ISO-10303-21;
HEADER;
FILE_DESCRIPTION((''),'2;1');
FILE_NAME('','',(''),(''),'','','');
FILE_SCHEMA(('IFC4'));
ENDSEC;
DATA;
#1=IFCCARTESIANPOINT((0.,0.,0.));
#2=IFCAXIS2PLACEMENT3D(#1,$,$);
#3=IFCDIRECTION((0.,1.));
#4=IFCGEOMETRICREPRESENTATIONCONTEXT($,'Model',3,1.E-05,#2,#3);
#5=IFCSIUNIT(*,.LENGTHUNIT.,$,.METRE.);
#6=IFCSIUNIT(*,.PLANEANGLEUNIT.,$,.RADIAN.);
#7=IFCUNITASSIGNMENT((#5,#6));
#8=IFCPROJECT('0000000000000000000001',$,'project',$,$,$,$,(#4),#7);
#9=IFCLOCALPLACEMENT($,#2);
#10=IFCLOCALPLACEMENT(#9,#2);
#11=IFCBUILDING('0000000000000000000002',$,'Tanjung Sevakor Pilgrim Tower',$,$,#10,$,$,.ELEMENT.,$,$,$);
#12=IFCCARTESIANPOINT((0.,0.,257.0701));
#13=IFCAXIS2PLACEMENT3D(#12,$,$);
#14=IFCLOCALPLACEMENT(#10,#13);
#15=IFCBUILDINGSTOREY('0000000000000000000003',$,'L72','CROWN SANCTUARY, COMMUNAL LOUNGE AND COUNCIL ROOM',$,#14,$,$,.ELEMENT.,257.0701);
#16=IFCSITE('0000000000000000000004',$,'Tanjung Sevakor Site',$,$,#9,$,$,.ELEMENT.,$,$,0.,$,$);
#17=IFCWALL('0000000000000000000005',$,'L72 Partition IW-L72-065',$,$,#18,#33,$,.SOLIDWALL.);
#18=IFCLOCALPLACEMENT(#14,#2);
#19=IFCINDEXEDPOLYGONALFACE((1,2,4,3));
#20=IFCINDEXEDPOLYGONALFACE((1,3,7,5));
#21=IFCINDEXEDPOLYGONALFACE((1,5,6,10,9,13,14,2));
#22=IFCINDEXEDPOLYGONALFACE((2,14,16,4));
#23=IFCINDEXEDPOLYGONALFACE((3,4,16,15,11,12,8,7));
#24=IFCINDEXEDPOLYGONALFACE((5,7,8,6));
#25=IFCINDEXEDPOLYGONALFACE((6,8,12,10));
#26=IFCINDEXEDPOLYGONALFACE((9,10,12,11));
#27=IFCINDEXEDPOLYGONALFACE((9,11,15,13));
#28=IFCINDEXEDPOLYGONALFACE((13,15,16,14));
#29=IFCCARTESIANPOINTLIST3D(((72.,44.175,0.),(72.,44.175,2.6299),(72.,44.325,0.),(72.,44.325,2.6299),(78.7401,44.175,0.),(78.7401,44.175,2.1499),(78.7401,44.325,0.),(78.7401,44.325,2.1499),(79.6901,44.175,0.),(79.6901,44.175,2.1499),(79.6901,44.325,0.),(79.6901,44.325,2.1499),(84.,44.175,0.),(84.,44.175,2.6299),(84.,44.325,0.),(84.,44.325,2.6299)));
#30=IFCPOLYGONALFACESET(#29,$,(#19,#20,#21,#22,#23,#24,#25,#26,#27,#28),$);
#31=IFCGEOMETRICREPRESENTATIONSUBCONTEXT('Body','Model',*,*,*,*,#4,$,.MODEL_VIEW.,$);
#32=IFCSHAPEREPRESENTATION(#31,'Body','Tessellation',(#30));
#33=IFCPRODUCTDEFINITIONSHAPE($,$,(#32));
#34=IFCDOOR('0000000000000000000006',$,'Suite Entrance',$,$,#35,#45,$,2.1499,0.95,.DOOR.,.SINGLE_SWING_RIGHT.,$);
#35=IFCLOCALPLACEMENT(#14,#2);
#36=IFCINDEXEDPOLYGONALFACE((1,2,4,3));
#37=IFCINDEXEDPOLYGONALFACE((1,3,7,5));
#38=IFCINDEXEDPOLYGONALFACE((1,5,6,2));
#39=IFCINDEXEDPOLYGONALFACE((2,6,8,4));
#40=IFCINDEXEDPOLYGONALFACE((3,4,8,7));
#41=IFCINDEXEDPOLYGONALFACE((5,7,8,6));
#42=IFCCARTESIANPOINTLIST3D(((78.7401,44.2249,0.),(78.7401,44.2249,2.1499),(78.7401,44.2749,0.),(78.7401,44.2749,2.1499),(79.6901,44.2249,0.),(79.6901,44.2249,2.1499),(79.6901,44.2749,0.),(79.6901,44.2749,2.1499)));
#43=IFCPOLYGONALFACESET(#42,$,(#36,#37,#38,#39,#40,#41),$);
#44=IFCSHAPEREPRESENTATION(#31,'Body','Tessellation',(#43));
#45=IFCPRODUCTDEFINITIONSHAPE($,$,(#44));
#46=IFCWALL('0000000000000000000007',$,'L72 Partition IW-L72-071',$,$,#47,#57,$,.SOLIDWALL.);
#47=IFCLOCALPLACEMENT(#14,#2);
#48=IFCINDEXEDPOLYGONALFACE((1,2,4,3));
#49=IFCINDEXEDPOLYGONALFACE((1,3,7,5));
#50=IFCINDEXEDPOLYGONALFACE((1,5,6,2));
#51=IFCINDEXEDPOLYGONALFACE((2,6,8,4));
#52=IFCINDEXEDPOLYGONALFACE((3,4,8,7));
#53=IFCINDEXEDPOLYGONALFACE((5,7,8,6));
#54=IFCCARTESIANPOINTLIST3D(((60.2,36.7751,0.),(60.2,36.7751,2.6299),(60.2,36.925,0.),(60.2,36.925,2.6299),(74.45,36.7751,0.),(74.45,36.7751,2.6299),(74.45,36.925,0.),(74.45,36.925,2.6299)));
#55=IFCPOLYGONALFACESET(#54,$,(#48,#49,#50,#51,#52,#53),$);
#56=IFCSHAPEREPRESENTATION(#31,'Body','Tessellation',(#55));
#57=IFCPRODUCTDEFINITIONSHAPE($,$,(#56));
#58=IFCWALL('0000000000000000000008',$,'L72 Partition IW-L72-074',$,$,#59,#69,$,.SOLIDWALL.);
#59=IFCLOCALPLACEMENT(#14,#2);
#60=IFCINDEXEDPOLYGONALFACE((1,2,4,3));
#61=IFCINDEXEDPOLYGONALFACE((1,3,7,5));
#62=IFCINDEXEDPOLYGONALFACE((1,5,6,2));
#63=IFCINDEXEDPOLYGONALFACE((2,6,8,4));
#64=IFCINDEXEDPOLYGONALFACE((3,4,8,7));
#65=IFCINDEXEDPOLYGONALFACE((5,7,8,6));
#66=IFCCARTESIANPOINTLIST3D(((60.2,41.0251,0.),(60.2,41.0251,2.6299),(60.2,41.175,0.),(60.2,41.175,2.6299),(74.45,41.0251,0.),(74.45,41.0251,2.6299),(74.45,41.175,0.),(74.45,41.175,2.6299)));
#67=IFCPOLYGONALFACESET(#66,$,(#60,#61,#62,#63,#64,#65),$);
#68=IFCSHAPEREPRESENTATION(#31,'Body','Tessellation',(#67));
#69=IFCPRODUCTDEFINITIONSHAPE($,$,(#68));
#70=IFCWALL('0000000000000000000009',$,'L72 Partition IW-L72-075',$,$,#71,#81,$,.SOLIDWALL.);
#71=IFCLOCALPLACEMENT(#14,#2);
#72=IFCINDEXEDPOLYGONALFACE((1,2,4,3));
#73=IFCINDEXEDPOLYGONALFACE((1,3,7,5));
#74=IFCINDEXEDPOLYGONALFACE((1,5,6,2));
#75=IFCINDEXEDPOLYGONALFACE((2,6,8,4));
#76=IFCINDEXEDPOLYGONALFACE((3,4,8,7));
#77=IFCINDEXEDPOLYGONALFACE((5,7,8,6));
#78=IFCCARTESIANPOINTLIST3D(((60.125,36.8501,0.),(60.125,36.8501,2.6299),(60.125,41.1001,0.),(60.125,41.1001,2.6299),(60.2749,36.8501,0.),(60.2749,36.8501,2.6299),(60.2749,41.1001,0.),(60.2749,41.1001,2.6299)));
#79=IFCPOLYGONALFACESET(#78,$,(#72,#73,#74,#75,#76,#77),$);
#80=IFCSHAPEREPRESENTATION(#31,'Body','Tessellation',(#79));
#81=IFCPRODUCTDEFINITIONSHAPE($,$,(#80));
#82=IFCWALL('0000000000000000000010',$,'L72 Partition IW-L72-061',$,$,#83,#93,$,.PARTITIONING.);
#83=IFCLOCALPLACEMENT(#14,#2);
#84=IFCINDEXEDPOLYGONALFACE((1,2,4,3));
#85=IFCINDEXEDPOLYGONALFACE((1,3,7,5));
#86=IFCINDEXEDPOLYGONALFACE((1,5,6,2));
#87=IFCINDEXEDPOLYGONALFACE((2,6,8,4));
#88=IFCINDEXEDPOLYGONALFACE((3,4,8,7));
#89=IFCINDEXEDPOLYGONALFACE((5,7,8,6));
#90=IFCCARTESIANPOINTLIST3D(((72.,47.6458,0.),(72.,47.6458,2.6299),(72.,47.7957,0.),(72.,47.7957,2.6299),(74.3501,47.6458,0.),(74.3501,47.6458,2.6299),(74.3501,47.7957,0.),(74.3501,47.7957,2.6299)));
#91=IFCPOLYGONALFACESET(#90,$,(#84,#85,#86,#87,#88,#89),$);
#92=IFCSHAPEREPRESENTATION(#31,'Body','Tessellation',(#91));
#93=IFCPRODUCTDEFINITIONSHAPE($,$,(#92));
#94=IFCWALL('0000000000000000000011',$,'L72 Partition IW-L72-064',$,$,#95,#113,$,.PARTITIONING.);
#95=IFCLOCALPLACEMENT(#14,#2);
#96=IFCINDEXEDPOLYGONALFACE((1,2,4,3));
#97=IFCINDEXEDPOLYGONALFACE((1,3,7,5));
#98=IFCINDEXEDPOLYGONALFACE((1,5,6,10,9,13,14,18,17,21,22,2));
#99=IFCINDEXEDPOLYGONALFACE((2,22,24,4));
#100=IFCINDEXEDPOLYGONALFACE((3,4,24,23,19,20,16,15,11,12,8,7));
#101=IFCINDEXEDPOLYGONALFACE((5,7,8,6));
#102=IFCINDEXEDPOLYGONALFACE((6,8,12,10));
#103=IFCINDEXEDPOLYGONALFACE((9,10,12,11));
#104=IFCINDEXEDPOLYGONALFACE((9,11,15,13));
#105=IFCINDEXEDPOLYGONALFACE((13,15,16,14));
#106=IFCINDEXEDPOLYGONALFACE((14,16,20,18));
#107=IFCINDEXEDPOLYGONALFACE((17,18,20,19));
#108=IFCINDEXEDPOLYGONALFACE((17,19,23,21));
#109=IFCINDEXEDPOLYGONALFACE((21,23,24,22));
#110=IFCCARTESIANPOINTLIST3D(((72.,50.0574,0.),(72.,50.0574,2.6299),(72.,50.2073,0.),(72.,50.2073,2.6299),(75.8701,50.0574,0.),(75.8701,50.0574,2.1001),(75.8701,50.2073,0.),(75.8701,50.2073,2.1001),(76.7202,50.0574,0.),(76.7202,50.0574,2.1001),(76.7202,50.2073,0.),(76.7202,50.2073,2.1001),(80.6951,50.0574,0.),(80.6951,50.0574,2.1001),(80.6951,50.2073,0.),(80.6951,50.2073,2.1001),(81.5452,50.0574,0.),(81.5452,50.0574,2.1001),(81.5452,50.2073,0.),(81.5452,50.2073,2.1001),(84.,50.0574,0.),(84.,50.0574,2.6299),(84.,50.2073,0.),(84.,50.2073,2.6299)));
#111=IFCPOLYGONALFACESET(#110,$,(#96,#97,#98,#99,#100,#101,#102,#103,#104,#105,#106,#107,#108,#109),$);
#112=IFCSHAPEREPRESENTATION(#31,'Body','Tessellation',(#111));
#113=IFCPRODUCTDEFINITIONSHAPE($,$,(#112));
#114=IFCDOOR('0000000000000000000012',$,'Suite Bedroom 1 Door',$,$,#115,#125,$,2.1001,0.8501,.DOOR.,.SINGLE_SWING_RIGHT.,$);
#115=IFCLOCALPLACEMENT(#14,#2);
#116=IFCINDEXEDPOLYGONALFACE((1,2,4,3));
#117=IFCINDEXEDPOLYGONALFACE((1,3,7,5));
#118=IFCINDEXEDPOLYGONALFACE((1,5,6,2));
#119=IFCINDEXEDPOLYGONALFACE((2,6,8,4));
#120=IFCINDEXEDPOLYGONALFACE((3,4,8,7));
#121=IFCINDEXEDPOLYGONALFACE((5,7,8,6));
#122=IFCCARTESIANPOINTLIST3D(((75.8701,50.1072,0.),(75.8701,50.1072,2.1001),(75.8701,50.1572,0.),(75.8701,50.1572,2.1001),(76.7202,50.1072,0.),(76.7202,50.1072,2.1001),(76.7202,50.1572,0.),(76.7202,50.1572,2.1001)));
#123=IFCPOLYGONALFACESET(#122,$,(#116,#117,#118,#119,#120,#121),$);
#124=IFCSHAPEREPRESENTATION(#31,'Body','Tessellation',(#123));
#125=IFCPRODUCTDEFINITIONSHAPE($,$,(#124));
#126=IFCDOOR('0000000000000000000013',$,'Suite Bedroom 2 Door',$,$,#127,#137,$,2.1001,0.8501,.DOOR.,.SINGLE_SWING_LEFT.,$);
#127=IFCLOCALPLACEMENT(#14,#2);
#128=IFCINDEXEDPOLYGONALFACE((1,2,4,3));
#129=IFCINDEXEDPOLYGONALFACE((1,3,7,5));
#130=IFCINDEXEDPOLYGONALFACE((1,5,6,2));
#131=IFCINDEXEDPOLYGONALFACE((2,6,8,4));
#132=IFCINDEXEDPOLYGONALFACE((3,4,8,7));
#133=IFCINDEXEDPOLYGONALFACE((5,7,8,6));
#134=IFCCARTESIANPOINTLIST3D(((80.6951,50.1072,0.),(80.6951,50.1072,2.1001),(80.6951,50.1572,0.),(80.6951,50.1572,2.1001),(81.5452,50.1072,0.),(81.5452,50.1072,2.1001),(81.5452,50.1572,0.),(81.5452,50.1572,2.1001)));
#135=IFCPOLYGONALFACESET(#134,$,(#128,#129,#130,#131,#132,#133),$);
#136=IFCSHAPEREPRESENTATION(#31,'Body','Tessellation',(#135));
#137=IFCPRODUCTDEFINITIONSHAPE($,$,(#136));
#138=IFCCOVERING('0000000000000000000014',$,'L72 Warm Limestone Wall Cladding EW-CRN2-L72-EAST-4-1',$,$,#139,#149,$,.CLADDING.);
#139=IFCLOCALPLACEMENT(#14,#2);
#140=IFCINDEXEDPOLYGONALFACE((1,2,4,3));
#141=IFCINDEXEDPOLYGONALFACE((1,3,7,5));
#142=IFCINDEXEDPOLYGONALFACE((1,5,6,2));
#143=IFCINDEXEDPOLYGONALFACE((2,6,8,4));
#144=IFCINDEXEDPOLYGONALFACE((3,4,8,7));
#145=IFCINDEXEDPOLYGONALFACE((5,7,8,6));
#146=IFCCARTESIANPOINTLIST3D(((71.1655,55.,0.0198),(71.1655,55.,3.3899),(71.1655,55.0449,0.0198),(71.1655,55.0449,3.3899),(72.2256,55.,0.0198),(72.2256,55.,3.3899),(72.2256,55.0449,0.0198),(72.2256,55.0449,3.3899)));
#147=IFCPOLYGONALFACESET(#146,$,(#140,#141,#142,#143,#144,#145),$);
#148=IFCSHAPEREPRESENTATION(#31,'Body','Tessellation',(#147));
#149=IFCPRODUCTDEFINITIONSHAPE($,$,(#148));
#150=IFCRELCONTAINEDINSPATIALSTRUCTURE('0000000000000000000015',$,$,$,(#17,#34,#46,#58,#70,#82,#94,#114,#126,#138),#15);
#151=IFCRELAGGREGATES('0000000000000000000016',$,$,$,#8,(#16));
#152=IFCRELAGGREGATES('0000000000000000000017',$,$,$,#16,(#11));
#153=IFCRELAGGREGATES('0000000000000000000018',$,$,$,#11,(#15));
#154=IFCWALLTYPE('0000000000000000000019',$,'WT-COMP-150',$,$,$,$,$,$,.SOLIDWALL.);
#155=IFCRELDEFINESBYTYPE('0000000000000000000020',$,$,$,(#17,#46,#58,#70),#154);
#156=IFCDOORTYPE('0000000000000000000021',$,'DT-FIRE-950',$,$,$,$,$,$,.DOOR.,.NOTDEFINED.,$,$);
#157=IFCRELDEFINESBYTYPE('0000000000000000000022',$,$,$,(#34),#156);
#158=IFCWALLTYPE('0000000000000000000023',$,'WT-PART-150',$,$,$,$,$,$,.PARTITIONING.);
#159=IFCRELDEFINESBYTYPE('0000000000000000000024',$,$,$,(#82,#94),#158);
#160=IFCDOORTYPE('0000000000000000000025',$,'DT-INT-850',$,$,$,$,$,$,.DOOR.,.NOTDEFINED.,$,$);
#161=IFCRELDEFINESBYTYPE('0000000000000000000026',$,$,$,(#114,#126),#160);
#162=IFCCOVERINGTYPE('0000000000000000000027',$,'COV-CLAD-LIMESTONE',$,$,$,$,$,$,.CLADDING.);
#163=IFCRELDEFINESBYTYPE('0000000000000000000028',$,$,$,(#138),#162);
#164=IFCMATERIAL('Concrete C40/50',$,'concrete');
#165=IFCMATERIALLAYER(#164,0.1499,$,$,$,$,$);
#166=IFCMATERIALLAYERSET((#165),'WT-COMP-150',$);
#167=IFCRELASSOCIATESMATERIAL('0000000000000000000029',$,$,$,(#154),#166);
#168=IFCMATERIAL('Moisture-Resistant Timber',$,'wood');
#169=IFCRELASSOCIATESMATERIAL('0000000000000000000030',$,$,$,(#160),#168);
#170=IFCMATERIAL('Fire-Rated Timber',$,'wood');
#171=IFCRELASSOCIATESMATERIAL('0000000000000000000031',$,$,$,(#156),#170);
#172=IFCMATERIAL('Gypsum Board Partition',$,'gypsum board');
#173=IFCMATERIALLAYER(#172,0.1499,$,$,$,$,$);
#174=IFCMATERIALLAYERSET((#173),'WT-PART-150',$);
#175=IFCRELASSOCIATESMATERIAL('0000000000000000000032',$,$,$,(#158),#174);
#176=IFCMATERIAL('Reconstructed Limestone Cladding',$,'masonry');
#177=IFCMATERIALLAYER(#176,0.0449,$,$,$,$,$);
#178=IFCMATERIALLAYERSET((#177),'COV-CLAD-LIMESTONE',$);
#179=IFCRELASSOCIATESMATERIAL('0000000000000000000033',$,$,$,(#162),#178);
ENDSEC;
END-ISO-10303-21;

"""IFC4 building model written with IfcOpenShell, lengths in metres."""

from ifc_helpers import new_model, si_unit, direction, frame, frame_2d, origin, origin_2d, place, context, subcontext, project, spatial, rectangle, extrude, material, layer, layer_set, type_object, element, fill, save


model = new_model("IFC4")

# Units and contexts
model_context = context("Model", 3, precision=1e-05, world=origin(), true_north=direction((0.0, 1.0)))
body_context = subcontext(model_context, "Body", "Model", "MODEL_VIEW")
ifc_project = project(units=[si_unit("LENGTHUNIT", "METRE"), si_unit("PLANEANGLEUNIT", "RADIAN")], contexts=[model_context])

# Site, building, storey
site_placement = place(None, origin())
site = spatial("IfcSite", under=ifc_project, at=site_placement, Name="Tanjung Sevakor Site", CompositionType="ELEMENT", RefElevation=0.0)
building_placement = place(site_placement, origin())
building = spatial("IfcBuilding", under=site, at=building_placement, Name="Tanjung Sevakor Pilgrim Tower", CompositionType="ELEMENT")
storey_placement = place(building_placement, frame((0.0, 0.0, 257.0701)))
storey = spatial("IfcBuildingStorey", under=building, at=storey_placement, Name="L72", Description="CROWN SANCTUARY, COMMUNAL LOUNGE AND COUNCIL ROOM", CompositionType="ELEMENT", Elevation=257.0701)

# Shared definitions
ifc_material_1 = material(Name="Concrete C40/50", Category="concrete")
ifc_layer_1 = layer(ifc_material_1, 0.1499)
ifc_layer_set_1 = layer_set([ifc_layer_1], Name="WT-COMP-150")
wall_type_1 = type_object("IfcWallType", Name="WT-COMP-150", PredefinedType="SOLIDWALL", material=ifc_layer_set_1)
ifc_material_2 = material(Name="Moisture-Resistant Timber", Category="wood")
door_type_1 = type_object("IfcDoorType", Name="DT-INT-850", OperationType="NOTDEFINED", PredefinedType="DOOR", material=ifc_material_2)

# Wall, opening, door
wall_1_placement = place(storey_placement, frame((72.0, 44.25, 0.0), z_axis=(0.0, 0.0, 1.0), x_axis=(1.0, 0.0, 0.0)))
wall_1 = element("IfcWall", 1, at=wall_1_placement, inside=storey, type_object=wall_type_1, Name="L72 Partition IW-L72-065", PredefinedType="SOLIDWALL", context=body_context, shape_type="SweptSolid", body=[
    extrude(rectangle(XDim=12.0, YDim=0.1499, at=frame_2d((6.0, 0.0))), origin(), (0.0, 0.0, 1.0), 2.6299),
])
opening_1_placement = place(wall_1_placement, frame((6.74, 0.0, 0.0)))
opening_1 = element("IfcOpeningElement", 2, at=opening_1_placement, cuts=wall_1, PredefinedType="OPENING", context=body_context, shape_type="SweptSolid", body=[
    extrude(rectangle(XDim=0.95, YDim=2.1499, at=frame_2d((0.4751, 1.075))), frame((0.0, 0.085, 0.0), z_axis=(0.0, -1.0, 0.0), x_axis=(1.0, 0.0, 0.0)), (0.0, 0.0, 1.0), 0.1699),
])
ifc_material_3 = material(Name="Fire-Rated Timber", Category="wood")
door_type_2 = type_object("IfcDoorType", Name="DT-FIRE-950", OperationType="NOTDEFINED", PredefinedType="DOOR", material=ifc_material_3)
door_1_placement = place(opening_1_placement, origin())
door_1 = element("IfcDoor", 3, at=door_1_placement, inside=storey, type_object=door_type_2, Name="Suite Entrance", OperationType="SINGLE_SWING_RIGHT", OverallHeight=2.1499, OverallWidth=0.95, PredefinedType="DOOR", context=body_context, shape_type="SweptSolid", body=[
    extrude(rectangle(XDim=0.95, YDim=2.1499, at=frame_2d((0.4751, 1.075))), frame((0.0, 0.0249, 0.0), z_axis=(0.0, -1.0, 0.0), x_axis=(1.0, 0.0, 0.0)), (0.0, 0.0, 1.0), 0.05),
])
fill(opening_1, door_1)

# Walls
for number, where, z_axis, x_axis, name in (
    (4, (60.2, 36.8501, 0.0), (0.0, 0.0, 1.0), (1.0, 0.0, 0.0), "L72 Partition IW-L72-071"),
    (5, (60.2, 41.1001, 0.0), (0.0, 0.0, 1.0), (1.0, 0.0, 0.0), "L72 Partition IW-L72-074"),
):
    element("IfcWall", number, at=place(storey_placement, frame(where, z_axis=z_axis, x_axis=x_axis)), inside=storey, type_object=wall_type_1, Name=name, PredefinedType="SOLIDWALL", context=body_context, shape_type="SweptSolid", body=[
        extrude(rectangle(XDim=14.25, YDim=0.1499, at=frame_2d((7.125, 0.0))), origin(), (0.0, 0.0, 1.0), 2.6299),
    ])
wall_2_placement = place(storey_placement, frame((60.2, 36.8501, 0.0), z_axis=(0.0, 0.0, 1.0), x_axis=(0.0, 1.0, 0.0)))
element("IfcWall", 6, at=wall_2_placement, inside=storey, type_object=wall_type_1, Name="L72 Partition IW-L72-075", PredefinedType="SOLIDWALL", context=body_context, shape_type="SweptSolid", body=[
    extrude(rectangle(XDim=4.25, YDim=0.1499, at=frame_2d((2.125, 0.0))), origin(), (0.0, 0.0, 1.0), 2.6299),
])
ifc_material_4 = material(Name="Gypsum Board Partition", Category="gypsum board")
ifc_layer_2 = layer(ifc_material_4, 0.1499)
ifc_layer_set_2 = layer_set([ifc_layer_2], Name="WT-PART-150")
wall_type_2 = type_object("IfcWallType", Name="WT-PART-150", PredefinedType="PARTITIONING", material=ifc_layer_set_2)
wall_3_placement = place(storey_placement, frame((72.0, 47.7207, 0.0), z_axis=(0.0, 0.0, 1.0), x_axis=(1.0, 0.0, 0.0)))
element("IfcWall", 7, at=wall_3_placement, inside=storey, type_object=wall_type_2, Name="L72 Partition IW-L72-061", PredefinedType="PARTITIONING", context=body_context, shape_type="SweptSolid", body=[
    extrude(rectangle(XDim=2.3501, YDim=0.1499, at=frame_2d((1.175, 0.0))), origin(), (0.0, 0.0, 1.0), 2.6299),
])

# Wall, openings, doors
wall_4_placement = place(storey_placement, frame((72.0, 50.1323, 0.0), z_axis=(0.0, 0.0, 1.0), x_axis=(1.0, 0.0, 0.0)))
wall_4 = element("IfcWall", 8, at=wall_4_placement, inside=storey, type_object=wall_type_2, Name="L72 Partition IW-L72-064", PredefinedType="PARTITIONING", context=body_context, shape_type="SweptSolid", body=[
    extrude(rectangle(XDim=12.0, YDim=0.1499, at=frame_2d((6.0, 0.0))), origin(), (0.0, 0.0, 1.0), 2.6299),
])
opening_2_placement = place(wall_4_placement, frame((3.8701, 0.0, 0.0)))
opening_2 = element("IfcOpeningElement", 9, at=opening_2_placement, cuts=wall_4, PredefinedType="OPENING", context=body_context, shape_type="SweptSolid", body=[
    extrude(rectangle(XDim=0.8501, YDim=2.1001, at=frame_2d((0.425, 1.05))), frame((0.0, 0.085, 0.0), z_axis=(0.0, -1.0, 0.0), x_axis=(1.0, 0.0, 0.0)), (0.0, 0.0, 1.0), 0.1699),
])
opening_3_placement = place(wall_4_placement, frame((8.6951, 0.0, 0.0)))
opening_3 = element("IfcOpeningElement", 10, at=opening_3_placement, cuts=wall_4, PredefinedType="OPENING", context=body_context, shape_type="SweptSolid", body=[
    extrude(rectangle(XDim=0.8501, YDim=2.1001, at=frame_2d((0.425, 1.05))), frame((0.0, 0.085, 0.0), z_axis=(0.0, -1.0, 0.0), x_axis=(1.0, 0.0, 0.0)), (0.0, 0.0, 1.0), 0.1699),
])
door_2_placement = place(opening_2_placement, origin())
door_2 = element("IfcDoor", 11, at=door_2_placement, inside=storey, type_object=door_type_1, Name="Suite Bedroom 1 Door", OperationType="SINGLE_SWING_RIGHT", OverallHeight=2.1001, OverallWidth=0.8501, PredefinedType="DOOR", context=body_context, shape_type="SweptSolid", body=[
    extrude(rectangle(XDim=0.8501, YDim=2.1001, at=frame_2d((0.425, 1.05))), frame((0.0, 0.0249, 0.0), z_axis=(0.0, -1.0, 0.0), x_axis=(1.0, 0.0, 0.0)), (0.0, 0.0, 1.0), 0.05),
])
fill(opening_2, door_2)
door_3_placement = place(opening_3_placement, origin())
door_3 = element("IfcDoor", 12, at=door_3_placement, inside=storey, type_object=door_type_1, Name="Suite Bedroom 2 Door", OperationType="SINGLE_SWING_LEFT", OverallHeight=2.1001, OverallWidth=0.8501, PredefinedType="DOOR", context=body_context, shape_type="SweptSolid", body=[
    extrude(rectangle(XDim=0.8501, YDim=2.1001, at=frame_2d((0.425, 1.05))), frame((0.0, 0.0249, 0.0), z_axis=(0.0, -1.0, 0.0), x_axis=(1.0, 0.0, 0.0)), (0.0, 0.0, 1.0), 0.05),
])
fill(opening_3, door_3)

# Covering
ifc_material_5 = material(Name="Reconstructed Limestone Cladding", Category="masonry")
ifc_layer_3 = layer(ifc_material_5, 0.0449)
ifc_layer_set_3 = layer_set([ifc_layer_3], Name="COV-CLAD-LIMESTONE")
covering_type = type_object("IfcCoveringType", Name="COV-CLAD-LIMESTONE", PredefinedType="CLADDING", material=ifc_layer_set_3)
covering_placement = place(storey_placement, frame((71.6956, 55.0225, 0.0198), z_axis=(0.0, 0.0, 1.0), x_axis=(-1.0, 0.0, 0.0)))
element("IfcCovering", 13, at=covering_placement, inside=storey, type_object=covering_type, Name="L72 Warm Limestone Wall Cladding EW-CRN2-L72-EAST-4-1", PredefinedType="CLADDING", context=body_context, shape_type="SweptSolid", body=[
    extrude(rectangle(XDim=1.0601, YDim=0.0449, at=origin_2d()), origin(), (0.0, 0.0, 1.0), 3.3701),
])

save(model, "model.ifc")
